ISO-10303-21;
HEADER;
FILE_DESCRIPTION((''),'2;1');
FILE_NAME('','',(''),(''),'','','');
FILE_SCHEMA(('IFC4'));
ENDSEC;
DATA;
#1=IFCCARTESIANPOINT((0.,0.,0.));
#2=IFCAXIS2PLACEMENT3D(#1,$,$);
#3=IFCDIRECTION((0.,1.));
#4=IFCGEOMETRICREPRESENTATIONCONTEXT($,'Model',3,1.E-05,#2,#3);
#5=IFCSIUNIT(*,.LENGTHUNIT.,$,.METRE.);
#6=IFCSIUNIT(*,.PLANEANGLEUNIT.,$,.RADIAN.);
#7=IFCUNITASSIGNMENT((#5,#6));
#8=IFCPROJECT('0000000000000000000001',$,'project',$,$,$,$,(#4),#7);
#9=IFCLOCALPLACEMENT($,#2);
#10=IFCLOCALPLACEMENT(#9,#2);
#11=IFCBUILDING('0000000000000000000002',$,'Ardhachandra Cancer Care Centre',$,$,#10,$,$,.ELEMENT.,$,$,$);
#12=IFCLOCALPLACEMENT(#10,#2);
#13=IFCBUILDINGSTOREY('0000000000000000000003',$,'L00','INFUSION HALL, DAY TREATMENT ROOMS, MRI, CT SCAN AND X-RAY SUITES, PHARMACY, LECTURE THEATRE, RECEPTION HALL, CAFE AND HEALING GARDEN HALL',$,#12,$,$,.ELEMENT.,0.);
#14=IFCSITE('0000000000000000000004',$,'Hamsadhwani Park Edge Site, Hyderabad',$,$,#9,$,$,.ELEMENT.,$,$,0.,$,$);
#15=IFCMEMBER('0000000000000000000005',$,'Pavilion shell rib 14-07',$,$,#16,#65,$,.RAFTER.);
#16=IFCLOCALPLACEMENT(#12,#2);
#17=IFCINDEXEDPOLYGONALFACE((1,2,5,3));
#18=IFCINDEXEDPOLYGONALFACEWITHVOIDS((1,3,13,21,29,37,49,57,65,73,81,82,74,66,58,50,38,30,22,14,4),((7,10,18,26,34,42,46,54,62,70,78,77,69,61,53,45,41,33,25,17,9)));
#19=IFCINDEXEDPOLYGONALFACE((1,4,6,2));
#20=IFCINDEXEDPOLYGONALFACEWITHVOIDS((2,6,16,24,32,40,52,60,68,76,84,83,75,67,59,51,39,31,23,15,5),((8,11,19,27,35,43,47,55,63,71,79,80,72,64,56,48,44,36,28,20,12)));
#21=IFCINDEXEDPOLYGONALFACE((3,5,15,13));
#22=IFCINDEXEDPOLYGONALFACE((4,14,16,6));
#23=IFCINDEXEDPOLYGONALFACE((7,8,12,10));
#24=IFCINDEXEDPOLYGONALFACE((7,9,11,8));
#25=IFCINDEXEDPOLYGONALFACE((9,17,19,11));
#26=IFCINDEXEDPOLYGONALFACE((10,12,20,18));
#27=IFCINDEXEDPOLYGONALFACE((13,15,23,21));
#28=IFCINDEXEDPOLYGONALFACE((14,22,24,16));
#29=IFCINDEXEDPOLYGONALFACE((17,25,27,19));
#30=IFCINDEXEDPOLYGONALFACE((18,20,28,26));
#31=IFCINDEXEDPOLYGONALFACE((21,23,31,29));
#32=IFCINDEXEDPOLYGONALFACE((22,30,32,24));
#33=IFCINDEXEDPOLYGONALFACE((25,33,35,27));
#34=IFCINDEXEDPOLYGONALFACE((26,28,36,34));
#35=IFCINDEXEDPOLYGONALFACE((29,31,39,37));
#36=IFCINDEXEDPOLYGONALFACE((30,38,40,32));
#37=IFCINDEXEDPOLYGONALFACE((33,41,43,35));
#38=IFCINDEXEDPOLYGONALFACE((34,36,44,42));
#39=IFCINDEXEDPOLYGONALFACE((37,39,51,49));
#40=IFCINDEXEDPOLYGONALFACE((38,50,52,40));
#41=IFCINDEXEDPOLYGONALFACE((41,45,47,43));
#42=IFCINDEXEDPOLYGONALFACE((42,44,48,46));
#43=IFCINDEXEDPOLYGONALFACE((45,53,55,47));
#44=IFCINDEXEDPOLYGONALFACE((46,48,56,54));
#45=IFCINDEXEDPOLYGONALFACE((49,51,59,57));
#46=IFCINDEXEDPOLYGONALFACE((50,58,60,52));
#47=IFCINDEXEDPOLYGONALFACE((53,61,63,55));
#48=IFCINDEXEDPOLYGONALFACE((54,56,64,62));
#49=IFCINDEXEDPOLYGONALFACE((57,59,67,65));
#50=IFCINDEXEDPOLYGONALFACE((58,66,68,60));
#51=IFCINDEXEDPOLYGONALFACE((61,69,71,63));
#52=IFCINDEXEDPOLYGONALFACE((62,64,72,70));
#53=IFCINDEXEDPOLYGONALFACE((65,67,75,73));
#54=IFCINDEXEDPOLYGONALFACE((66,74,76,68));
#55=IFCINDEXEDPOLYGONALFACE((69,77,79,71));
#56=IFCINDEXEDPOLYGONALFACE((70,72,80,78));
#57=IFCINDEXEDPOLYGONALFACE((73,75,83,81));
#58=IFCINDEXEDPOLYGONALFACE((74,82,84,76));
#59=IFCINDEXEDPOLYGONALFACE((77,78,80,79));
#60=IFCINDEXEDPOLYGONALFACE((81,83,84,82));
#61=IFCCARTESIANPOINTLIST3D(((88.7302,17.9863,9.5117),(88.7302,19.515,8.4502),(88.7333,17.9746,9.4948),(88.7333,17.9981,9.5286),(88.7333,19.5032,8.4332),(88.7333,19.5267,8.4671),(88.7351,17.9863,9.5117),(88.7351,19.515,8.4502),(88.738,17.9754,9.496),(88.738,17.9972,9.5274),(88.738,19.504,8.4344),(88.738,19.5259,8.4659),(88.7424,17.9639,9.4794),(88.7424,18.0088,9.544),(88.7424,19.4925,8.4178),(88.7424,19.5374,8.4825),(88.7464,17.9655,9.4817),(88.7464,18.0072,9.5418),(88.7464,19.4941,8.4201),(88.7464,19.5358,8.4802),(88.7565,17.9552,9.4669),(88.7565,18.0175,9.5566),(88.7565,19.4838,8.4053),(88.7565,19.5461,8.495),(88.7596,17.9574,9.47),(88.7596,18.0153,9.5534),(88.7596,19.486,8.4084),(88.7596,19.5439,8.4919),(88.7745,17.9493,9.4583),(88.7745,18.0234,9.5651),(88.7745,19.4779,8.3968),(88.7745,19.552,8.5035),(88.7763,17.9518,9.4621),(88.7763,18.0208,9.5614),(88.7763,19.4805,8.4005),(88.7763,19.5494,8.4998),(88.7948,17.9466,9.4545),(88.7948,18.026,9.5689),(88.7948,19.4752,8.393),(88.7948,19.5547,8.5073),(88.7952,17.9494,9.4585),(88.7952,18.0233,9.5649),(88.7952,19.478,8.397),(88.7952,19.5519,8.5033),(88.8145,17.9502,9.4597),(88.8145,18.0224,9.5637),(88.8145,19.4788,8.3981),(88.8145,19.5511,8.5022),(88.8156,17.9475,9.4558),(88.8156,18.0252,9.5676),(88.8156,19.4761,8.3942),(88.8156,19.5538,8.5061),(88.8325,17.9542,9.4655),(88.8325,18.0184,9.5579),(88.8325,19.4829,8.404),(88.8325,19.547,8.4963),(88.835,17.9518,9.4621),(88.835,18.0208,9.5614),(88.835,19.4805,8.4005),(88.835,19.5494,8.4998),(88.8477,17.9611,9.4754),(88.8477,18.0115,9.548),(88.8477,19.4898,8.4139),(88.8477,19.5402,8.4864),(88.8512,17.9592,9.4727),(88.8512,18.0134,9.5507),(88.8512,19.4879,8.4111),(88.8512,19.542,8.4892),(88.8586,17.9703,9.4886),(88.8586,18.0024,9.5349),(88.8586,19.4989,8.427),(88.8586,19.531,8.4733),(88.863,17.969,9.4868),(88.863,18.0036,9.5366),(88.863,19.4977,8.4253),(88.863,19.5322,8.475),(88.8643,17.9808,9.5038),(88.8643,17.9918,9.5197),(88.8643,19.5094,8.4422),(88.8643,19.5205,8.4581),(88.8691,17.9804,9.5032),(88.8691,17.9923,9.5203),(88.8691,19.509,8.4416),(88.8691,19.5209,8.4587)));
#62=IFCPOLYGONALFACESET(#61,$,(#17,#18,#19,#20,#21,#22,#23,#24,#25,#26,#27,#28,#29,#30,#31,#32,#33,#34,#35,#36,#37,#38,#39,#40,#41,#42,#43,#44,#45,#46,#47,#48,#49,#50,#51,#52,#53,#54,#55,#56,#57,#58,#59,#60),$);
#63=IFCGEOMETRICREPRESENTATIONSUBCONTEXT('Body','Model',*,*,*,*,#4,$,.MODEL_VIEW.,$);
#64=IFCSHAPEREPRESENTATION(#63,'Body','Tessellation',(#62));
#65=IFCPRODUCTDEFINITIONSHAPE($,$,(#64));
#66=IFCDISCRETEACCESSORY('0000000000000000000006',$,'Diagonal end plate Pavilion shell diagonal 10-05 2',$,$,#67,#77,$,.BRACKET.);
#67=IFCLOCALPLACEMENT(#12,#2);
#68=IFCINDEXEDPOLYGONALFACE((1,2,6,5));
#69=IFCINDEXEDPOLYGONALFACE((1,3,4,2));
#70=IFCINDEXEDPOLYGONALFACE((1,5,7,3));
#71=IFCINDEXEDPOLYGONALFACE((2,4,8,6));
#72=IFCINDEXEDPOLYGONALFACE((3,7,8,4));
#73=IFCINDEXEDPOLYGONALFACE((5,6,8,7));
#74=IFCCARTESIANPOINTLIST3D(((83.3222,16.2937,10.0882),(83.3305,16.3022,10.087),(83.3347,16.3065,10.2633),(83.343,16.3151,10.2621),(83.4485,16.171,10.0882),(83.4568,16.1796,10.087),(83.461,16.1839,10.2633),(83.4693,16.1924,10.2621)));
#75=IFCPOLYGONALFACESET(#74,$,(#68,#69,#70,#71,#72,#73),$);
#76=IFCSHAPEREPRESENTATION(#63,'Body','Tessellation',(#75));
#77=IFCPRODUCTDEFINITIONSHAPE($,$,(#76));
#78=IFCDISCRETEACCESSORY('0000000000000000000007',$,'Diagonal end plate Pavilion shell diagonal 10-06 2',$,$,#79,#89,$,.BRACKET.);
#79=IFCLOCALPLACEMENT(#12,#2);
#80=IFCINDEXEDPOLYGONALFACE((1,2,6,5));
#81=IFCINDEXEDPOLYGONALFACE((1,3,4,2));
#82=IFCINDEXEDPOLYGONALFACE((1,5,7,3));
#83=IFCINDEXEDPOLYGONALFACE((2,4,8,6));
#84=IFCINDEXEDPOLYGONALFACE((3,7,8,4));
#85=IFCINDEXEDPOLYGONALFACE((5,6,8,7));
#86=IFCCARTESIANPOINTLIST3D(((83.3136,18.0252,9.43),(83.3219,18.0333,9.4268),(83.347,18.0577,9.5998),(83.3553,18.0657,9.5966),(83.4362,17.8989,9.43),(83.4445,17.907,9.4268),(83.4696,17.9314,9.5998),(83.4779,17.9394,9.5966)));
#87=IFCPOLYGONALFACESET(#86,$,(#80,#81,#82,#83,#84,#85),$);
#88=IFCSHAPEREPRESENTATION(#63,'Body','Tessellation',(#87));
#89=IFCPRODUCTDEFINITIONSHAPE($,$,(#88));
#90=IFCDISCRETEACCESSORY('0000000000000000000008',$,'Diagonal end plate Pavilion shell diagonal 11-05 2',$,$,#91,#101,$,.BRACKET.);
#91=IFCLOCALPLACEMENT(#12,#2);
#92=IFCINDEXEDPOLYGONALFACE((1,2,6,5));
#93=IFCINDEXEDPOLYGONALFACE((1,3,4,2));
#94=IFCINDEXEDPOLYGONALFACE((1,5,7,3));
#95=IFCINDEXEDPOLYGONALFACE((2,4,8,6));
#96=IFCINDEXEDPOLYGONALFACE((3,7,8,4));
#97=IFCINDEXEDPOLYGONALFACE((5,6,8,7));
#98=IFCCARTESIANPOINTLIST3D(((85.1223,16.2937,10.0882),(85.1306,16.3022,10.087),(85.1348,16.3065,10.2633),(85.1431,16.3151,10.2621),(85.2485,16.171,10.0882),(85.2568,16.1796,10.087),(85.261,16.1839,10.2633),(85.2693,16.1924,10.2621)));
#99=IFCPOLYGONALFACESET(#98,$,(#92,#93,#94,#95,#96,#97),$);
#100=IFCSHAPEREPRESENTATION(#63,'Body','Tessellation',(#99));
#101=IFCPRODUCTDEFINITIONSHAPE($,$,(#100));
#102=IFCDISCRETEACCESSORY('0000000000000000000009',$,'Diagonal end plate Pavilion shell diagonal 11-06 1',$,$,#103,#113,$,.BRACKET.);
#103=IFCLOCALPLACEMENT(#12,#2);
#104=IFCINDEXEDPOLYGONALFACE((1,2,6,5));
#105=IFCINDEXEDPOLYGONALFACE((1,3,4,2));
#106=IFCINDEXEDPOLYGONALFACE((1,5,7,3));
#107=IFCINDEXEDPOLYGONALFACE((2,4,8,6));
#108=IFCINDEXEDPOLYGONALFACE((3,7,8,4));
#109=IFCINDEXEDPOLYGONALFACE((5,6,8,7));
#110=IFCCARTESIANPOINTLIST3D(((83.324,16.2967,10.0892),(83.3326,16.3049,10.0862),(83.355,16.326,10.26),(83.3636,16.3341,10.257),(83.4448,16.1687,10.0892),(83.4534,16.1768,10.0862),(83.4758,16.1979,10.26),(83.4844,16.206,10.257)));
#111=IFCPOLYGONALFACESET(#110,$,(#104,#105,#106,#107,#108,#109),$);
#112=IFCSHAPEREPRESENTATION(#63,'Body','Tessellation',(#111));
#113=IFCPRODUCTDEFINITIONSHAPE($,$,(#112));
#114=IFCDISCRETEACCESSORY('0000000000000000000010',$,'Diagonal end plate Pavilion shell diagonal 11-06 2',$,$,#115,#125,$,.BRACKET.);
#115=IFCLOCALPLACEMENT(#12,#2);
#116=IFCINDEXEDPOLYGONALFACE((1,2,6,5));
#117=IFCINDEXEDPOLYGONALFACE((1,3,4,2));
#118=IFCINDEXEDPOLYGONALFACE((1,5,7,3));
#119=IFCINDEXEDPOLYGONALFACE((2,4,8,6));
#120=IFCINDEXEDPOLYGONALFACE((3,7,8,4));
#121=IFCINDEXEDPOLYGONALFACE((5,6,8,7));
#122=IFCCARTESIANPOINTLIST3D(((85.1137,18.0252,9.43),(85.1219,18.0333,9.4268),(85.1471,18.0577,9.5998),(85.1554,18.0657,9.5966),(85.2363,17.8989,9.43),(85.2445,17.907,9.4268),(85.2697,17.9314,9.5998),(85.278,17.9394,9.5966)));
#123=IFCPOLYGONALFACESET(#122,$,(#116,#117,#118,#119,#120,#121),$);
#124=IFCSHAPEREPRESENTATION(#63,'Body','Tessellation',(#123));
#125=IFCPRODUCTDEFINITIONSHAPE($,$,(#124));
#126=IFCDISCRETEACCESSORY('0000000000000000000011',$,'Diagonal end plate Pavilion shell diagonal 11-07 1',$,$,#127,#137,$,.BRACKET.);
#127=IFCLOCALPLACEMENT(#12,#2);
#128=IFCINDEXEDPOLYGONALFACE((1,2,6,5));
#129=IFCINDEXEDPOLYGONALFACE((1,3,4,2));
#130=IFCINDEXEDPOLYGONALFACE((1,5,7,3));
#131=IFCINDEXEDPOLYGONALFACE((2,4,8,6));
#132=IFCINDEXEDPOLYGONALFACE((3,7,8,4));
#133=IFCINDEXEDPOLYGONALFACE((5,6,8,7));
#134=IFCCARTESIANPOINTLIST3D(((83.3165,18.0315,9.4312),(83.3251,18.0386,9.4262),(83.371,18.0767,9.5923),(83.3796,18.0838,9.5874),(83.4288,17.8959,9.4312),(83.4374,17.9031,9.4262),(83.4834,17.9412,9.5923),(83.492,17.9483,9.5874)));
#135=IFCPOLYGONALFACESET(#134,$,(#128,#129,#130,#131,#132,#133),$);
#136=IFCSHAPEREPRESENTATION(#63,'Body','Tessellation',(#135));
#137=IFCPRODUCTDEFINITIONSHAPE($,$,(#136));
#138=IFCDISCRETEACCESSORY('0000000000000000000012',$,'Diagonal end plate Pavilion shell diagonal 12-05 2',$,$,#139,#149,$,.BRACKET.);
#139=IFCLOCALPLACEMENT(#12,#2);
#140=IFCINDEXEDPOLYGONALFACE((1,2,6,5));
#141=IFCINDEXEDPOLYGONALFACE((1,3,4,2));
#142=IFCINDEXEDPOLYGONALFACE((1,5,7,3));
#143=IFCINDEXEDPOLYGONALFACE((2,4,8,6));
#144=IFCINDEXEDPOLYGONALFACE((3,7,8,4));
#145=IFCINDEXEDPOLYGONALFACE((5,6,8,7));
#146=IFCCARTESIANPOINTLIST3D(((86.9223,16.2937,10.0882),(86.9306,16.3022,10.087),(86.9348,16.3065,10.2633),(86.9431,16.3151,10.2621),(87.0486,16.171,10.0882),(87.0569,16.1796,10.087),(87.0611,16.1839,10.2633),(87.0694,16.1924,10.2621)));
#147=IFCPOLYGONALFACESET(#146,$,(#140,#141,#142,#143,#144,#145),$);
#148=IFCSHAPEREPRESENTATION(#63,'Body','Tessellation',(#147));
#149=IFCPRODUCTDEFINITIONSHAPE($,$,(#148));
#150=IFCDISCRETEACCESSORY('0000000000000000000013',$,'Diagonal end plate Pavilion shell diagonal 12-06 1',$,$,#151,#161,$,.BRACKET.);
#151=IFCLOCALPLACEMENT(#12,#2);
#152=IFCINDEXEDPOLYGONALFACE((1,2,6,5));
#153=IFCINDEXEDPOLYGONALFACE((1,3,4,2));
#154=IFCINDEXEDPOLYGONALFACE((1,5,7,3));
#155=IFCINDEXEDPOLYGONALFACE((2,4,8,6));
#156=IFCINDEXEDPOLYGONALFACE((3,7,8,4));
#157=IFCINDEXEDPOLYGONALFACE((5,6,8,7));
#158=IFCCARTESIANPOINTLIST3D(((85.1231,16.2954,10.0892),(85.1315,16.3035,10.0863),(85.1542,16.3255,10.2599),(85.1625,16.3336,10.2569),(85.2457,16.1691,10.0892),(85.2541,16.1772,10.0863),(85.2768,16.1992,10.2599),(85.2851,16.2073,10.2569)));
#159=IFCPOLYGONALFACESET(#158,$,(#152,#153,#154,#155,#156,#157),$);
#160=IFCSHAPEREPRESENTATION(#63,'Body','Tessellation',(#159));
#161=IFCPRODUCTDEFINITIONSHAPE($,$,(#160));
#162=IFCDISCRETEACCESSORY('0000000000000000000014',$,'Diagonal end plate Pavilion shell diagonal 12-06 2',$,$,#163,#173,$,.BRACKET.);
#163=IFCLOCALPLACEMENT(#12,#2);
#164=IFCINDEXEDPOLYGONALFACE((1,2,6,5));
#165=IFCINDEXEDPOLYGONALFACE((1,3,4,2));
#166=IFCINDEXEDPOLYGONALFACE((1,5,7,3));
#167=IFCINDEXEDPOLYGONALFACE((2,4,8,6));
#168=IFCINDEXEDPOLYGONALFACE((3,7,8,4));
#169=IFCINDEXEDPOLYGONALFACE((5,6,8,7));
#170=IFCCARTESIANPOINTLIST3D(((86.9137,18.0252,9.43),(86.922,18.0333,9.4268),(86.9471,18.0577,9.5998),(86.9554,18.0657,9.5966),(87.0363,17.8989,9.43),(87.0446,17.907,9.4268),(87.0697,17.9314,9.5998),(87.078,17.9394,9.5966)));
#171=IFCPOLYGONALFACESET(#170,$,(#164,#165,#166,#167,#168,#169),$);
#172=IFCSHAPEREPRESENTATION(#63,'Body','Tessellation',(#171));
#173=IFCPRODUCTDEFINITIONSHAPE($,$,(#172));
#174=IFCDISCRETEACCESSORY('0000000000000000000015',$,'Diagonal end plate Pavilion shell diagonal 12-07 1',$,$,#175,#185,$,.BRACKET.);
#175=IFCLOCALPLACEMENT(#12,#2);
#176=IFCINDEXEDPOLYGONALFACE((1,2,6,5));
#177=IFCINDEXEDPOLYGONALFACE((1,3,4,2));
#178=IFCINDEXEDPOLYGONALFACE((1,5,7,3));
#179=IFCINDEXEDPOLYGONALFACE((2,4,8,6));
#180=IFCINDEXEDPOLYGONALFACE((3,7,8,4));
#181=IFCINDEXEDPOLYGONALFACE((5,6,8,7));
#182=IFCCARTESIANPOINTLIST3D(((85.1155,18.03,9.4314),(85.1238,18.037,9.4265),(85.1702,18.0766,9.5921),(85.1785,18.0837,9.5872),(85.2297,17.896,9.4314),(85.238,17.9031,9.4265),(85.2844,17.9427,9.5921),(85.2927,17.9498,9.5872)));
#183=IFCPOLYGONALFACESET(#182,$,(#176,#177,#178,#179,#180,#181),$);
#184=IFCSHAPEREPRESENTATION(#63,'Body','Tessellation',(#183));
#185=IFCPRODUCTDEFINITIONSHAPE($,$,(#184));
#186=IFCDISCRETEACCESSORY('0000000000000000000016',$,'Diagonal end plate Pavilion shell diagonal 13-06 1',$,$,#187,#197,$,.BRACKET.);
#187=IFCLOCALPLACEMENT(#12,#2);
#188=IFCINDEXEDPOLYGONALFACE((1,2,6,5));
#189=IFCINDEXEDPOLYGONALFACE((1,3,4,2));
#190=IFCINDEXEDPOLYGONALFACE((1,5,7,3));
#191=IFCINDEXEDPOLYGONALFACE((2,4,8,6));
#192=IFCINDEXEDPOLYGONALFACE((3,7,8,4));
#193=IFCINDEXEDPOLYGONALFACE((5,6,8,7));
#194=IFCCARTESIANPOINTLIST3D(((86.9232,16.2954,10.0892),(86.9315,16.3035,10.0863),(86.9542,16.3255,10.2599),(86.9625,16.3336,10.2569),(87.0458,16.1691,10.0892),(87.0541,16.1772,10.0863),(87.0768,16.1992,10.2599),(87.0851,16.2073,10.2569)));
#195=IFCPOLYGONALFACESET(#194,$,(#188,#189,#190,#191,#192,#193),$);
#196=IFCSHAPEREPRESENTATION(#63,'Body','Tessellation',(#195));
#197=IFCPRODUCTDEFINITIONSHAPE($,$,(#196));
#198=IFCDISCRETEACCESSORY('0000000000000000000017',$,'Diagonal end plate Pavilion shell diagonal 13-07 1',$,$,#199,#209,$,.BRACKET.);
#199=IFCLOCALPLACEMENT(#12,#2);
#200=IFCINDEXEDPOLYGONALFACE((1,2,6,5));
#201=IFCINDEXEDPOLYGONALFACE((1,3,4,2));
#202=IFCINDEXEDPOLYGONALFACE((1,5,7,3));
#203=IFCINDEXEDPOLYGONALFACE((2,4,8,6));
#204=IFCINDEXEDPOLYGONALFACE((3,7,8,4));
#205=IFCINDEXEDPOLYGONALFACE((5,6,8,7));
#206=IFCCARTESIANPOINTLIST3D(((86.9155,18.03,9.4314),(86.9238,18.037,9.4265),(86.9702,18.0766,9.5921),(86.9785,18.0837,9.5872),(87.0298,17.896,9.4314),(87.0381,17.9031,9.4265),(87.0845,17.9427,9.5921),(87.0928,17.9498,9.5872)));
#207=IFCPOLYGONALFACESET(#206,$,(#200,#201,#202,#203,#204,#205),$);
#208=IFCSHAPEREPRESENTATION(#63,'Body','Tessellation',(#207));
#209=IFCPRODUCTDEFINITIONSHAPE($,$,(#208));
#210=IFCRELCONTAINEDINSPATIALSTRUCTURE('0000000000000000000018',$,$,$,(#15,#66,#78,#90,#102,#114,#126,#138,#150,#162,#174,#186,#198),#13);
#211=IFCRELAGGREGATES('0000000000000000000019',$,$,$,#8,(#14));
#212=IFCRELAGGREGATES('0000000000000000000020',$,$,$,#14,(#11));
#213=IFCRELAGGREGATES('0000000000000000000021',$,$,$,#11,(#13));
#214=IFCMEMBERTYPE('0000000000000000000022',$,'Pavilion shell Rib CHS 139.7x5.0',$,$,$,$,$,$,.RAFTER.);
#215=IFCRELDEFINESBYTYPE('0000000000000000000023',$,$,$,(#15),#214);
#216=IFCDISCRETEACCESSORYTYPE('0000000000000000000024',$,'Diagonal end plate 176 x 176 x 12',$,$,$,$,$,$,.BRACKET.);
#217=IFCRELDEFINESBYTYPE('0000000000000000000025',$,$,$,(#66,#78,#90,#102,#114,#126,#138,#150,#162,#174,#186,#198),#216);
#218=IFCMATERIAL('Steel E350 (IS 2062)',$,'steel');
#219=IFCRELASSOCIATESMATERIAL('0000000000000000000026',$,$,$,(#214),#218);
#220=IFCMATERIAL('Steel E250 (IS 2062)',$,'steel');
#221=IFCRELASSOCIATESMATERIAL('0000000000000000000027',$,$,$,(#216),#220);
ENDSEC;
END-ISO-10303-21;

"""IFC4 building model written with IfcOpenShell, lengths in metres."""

from ifc_helpers import new_model, si_unit, direction, frame, origin, origin_2d, place, context, subcontext, project, spatial, rectangle, hollow_circle, extrude, material, material_profile, profile_set, type_object, element, save


model = new_model("IFC4")

# Units and contexts
model_context = context("Model", 3, precision=1e-05, world=origin(), true_north=direction((0.0, 1.0)))
body_context = subcontext(model_context, "Body", "Model", "MODEL_VIEW")
ifc_project = project(units=[si_unit("LENGTHUNIT", "METRE"), si_unit("PLANEANGLEUNIT", "RADIAN")], contexts=[model_context])

# Site, building, storey
site_placement = place(None, origin())
site = spatial("IfcSite", under=ifc_project, at=site_placement, Name="Hamsadhwani Park Edge Site, Hyderabad", CompositionType="ELEMENT", RefElevation=0.0)
building_placement = place(site_placement, origin())
building = spatial("IfcBuilding", under=site, at=building_placement, Name="Ardhachandra Cancer Care Centre", CompositionType="ELEMENT")
storey_placement = place(building_placement, origin())
storey = spatial("IfcBuildingStorey", under=building, at=storey_placement, Name="L00", Description="INFUSION HALL, DAY TREATMENT ROOMS, MRI, CT SCAN AND X-RAY SUITES, PHARMACY, LECTURE THEATRE, RECEPTION HALL, CAFE AND HEALING GARDEN HALL", CompositionType="ELEMENT", Elevation=0.0)

# Member
ifc_material_1 = material(Name="Steel E350 (IS 2062)", Category="steel")
ifc_material_profile_1 = material_profile(ifc_material_1, hollow_circle(Radius=0.0698, WallThickness=0.0049, at=origin_2d()), Name="CHS 139.7x5.0")
ifc_profile_set_1 = profile_set([ifc_material_profile_1], Name="Steel E350 (IS 2062)")
member_type_1 = type_object("IfcMemberType", Name="Pavilion shell Rib CHS 139.7x5.0", PredefinedType="RAFTER", material=ifc_profile_set_1)
for number, where, z_axis, x_axis, name in (
    (1, (88.8, 17.9863, 9.5117), (0.0, 0.821365, -0.570403), (-1.0, 0.0, 0.0), "Pavilion shell rib 14-07"),
):
    element("IfcMember", number, at=place(storey_placement, frame(where, z_axis=z_axis, x_axis=x_axis)), inside=storey, type_object=member_type_1, Name=name, PredefinedType="RAFTER", context=body_context, shape_type="SweptSolid", body=[
        extrude(hollow_circle(Radius=0.0698, WallThickness=0.0049, at=origin_2d()), origin(), (0.0, 0.0, 1.0), 1.8611),
    ])

# Discrete accessories
ifc_material_2 = material(Name="Steel E250 (IS 2062)", Category="steel")
ifc_material_profile_2 = material_profile(ifc_material_2, rectangle(XDim=0.176, YDim=0.176, at=origin_2d()), Name="PL 176x176x12")
ifc_profile_set_2 = profile_set([ifc_material_profile_2], Name="Steel E250 (IS 2062)")
discrete_accessory_type = type_object("IfcDiscreteAccessoryType", Name="Diagonal end plate 176 x 176 x 12", PredefinedType="BRACKET", material=ifc_profile_set_2)
for number, where, z_axis, x_axis, name in (
    (2, (83.3999, 16.2473, 10.1746), (-0.693156, -0.713543, 0.101935), (0.717279, -0.696786, 0.0), "Diagonal end plate Pavilion shell diagonal 10-05 2"),
    (3, (83.3999, 17.9863, 9.5117), (-0.692007, -0.671654, 0.264591), (0.696475, -0.717581, 0.0), "Diagonal end plate Pavilion shell diagonal 10-06 2"),
    (4, (85.2, 16.2473, 10.1746), (-0.693156, -0.713543, 0.101935), (0.717279, -0.696786, 0.0), "Diagonal end plate Pavilion shell diagonal 11-05 2"),
):
    element("IfcDiscreteAccessory", number, at=place(storey_placement, frame(where, z_axis=z_axis, x_axis=x_axis)), inside=storey, type_object=discrete_accessory_type, Name=name, PredefinedType="BRACKET", context=body_context, shape_type="SweptSolid", body=[
        extrude(rectangle(XDim=0.176, YDim=0.176, at=origin_2d()), origin(), (0.0, 0.0, 1.0), 0.012),
    ])
discrete_accessory_1_placement = place(storey_placement, frame((83.3999, 16.2473, 10.1746), z_axis=(0.705955, 0.665615, -0.242042), x_axis=(-0.686013, 0.727589, 0.0)))
element("IfcDiscreteAccessory", 5, at=discrete_accessory_1_placement, inside=storey, type_object=discrete_accessory_type, Name="Diagonal end plate Pavilion shell diagonal 11-06 1", PredefinedType="BRACKET", context=body_context, shape_type="SweptSolid", body=[
    extrude(rectangle(XDim=0.176, YDim=0.176, at=origin_2d()), origin(), (0.0, 0.0, 1.0), 0.0122),
])
discrete_accessory_2_placement = place(storey_placement, frame((85.2, 17.9863, 9.5117), z_axis=(-0.692007, -0.671654, 0.264591), x_axis=(0.696475, -0.717581, 0.0)))
element("IfcDiscreteAccessory", 6, at=discrete_accessory_2_placement, inside=storey, type_object=discrete_accessory_type, Name="Diagonal end plate Pavilion shell diagonal 11-06 2", PredefinedType="BRACKET", context=body_context, shape_type="SweptSolid", body=[
    extrude(rectangle(XDim=0.176, YDim=0.176, at=origin_2d()), origin(), (0.0, 0.0, 1.0), 0.012),
])
discrete_accessory_3_placement = place(storey_placement, frame((83.3999, 17.9863, 9.5117), z_axis=(0.704809, 0.583985, -0.402748), x_axis=(-0.638018, 0.770022, 0.0)))
element("IfcDiscreteAccessory", 7, at=discrete_accessory_3_placement, inside=storey, type_object=discrete_accessory_type, Name="Diagonal end plate Pavilion shell diagonal 11-07 1", PredefinedType="BRACKET", context=body_context, shape_type="SweptSolid", body=[
    extrude(rectangle(XDim=0.176, YDim=0.176, at=origin_2d()), origin(), (0.0, 0.0, 1.0), 0.0122),
])
for number, where, z_axis, x_axis, name in (
    (8, (87.0, 16.2473, 10.1746), (-0.693156, -0.713543, 0.101935), (0.717279, -0.696786, 0.0), "Diagonal end plate Pavilion shell diagonal 12-05 2"),
    (9, (85.2, 16.2473, 10.1746), (0.695618, 0.675159, -0.245512), (-0.696475, 0.717581, 0.0), "Diagonal end plate Pavilion shell diagonal 12-06 1"),
    (10, (87.0, 17.9863, 9.5117), (-0.692007, -0.671654, 0.264591), (0.696475, -0.717581, 0.0), "Diagonal end plate Pavilion shell diagonal 12-06 2"),
    (11, (85.2, 17.9863, 9.5117), (0.694456, 0.59233, -0.408504), (-0.648947, 0.760834, 0.0), "Diagonal end plate Pavilion shell diagonal 12-07 1"),
    (12, (87.0, 16.2473, 10.1746), (0.695618, 0.675159, -0.245512), (-0.696475, 0.717581, 0.0), "Diagonal end plate Pavilion shell diagonal 13-06 1"),
    (13, (87.0, 17.9863, 9.5117), (0.694456, 0.59233, -0.408504), (-0.648947, 0.760834, 0.0), "Diagonal end plate Pavilion shell diagonal 13-07 1"),
):
    element("IfcDiscreteAccessory", number, at=place(storey_placement, frame(where, z_axis=z_axis, x_axis=x_axis)), inside=storey, type_object=discrete_accessory_type, Name=name, PredefinedType="BRACKET", context=body_context, shape_type="SweptSolid", body=[
        extrude(rectangle(XDim=0.176, YDim=0.176, at=origin_2d()), origin(), (0.0, 0.0, 1.0), 0.012),
    ])

save(model, "model.ifc")
